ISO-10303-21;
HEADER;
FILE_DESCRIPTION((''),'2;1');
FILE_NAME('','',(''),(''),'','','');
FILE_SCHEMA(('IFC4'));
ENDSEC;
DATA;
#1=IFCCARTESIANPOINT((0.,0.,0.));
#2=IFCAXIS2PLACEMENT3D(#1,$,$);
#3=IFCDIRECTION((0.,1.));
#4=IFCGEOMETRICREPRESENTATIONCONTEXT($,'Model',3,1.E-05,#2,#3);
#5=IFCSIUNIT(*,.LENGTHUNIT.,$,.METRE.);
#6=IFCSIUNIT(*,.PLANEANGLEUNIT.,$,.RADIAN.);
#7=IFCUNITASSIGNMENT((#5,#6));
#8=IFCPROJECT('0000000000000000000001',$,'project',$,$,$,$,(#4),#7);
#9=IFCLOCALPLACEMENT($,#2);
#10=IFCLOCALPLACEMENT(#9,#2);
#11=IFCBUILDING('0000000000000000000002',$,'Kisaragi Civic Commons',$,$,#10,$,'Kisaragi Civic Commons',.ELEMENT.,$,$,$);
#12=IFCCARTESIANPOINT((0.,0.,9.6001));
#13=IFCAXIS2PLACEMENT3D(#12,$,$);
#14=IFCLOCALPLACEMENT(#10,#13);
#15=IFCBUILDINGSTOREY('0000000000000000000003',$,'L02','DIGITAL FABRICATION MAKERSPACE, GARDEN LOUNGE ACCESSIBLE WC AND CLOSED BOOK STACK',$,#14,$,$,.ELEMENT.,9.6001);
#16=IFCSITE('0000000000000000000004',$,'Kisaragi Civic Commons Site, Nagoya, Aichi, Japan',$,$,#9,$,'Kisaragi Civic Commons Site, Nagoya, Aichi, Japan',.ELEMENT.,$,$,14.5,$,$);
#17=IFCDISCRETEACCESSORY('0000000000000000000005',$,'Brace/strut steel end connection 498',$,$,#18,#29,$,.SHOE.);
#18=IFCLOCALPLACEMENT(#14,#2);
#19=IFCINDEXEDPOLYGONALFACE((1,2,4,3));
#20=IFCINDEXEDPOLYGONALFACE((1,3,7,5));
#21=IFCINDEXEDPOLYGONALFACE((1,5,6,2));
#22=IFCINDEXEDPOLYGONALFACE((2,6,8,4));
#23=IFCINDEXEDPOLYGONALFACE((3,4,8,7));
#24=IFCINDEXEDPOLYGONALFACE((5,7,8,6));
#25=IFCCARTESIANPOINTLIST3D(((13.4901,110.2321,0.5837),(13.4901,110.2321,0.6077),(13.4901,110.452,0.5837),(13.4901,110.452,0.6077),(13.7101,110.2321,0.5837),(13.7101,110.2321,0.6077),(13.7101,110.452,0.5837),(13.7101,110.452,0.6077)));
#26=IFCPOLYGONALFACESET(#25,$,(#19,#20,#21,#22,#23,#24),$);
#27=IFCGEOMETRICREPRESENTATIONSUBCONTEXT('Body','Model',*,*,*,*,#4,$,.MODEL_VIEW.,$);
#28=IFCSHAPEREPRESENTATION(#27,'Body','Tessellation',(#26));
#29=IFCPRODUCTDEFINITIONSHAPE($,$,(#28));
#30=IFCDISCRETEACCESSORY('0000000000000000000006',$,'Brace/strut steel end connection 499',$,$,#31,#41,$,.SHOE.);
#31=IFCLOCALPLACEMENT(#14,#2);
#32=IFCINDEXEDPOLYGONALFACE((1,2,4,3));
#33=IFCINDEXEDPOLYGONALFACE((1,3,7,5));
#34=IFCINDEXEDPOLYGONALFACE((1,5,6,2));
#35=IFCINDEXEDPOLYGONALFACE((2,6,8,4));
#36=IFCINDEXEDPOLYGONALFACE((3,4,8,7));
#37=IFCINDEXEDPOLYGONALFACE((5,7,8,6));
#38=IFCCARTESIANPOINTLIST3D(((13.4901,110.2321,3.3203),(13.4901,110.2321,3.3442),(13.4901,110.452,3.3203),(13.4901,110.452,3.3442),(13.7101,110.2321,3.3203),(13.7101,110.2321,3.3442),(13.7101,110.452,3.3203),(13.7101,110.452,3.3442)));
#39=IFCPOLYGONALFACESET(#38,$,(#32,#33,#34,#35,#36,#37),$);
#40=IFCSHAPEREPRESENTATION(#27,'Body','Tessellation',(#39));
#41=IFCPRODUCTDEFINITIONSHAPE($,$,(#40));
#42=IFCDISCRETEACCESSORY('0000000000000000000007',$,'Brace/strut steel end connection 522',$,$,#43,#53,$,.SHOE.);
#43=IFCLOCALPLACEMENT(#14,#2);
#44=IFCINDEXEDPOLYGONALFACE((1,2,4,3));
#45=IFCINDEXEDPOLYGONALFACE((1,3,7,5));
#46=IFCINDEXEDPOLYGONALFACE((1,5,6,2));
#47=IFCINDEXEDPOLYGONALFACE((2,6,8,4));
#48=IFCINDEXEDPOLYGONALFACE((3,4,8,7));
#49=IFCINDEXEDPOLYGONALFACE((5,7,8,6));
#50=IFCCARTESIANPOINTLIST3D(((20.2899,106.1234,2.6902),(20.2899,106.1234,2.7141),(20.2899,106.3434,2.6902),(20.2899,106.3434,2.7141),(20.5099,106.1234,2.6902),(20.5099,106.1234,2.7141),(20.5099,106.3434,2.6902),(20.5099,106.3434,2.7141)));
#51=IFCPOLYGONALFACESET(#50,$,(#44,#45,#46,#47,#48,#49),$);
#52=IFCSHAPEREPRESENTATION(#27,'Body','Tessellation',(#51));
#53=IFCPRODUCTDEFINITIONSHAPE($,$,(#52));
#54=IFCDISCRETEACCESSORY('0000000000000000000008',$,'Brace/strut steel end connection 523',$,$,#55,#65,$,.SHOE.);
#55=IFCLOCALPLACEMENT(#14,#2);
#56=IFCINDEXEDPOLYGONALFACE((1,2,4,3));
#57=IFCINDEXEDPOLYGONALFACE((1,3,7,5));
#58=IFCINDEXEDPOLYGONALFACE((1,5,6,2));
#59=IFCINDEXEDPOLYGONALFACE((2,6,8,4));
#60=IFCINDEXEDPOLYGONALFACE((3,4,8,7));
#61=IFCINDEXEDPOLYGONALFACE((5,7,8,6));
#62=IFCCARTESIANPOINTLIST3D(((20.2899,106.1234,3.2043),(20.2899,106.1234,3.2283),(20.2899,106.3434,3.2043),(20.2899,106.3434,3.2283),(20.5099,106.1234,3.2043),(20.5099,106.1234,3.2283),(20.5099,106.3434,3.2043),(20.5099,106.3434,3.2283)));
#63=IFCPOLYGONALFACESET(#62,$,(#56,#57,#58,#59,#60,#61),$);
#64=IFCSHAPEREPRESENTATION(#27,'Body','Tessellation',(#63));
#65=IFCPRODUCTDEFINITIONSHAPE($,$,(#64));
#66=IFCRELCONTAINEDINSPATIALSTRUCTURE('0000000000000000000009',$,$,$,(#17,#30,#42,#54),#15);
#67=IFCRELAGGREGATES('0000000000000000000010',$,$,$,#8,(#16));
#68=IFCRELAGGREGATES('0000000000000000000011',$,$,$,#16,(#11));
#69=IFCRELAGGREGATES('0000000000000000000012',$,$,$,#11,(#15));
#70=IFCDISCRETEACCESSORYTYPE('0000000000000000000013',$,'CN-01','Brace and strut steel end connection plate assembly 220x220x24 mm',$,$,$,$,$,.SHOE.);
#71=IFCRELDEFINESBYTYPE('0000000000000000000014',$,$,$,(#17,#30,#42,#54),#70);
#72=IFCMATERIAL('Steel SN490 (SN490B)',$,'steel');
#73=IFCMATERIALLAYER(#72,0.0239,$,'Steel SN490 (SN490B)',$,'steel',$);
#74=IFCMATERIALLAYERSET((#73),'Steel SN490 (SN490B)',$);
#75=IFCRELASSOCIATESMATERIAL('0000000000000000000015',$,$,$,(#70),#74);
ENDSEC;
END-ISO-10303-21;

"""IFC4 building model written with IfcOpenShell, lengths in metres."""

from ifc_helpers import new_model, si_unit, direction, frame, origin, origin_2d, place, context, subcontext, project, spatial, rectangle, extrude, material, layer, layer_set, type_object, element, save


model = new_model("IFC4")

# Units and contexts
model_context = context("Model", 3, precision=1e-05, world=origin(), true_north=direction((0.0, 1.0)))
body_context = subcontext(model_context, "Body", "Model", "MODEL_VIEW")
ifc_project = project(units=[si_unit("LENGTHUNIT", "METRE"), si_unit("PLANEANGLEUNIT", "RADIAN")], contexts=[model_context])

# Site, building, storey
site_placement = place(None, origin())
site = spatial("IfcSite", under=ifc_project, at=site_placement, Name="Kisaragi Civic Commons Site, Nagoya, Aichi, Japan", LongName="Kisaragi Civic Commons Site, Nagoya, Aichi, Japan", CompositionType="ELEMENT", RefElevation=14.5)
building_placement = place(site_placement, origin())
building = spatial("IfcBuilding", under=site, at=building_placement, Name="Kisaragi Civic Commons", LongName="Kisaragi Civic Commons", CompositionType="ELEMENT")
storey_placement = place(building_placement, frame((0.0, 0.0, 9.6001)))
storey = spatial("IfcBuildingStorey", under=building, at=storey_placement, Name="L02", Description="DIGITAL FABRICATION MAKERSPACE, GARDEN LOUNGE ACCESSIBLE WC AND CLOSED BOOK STACK", CompositionType="ELEMENT", Elevation=9.6001)

# Shared definitions
ifc_material_1 = material(Name="Steel SN490 (SN490B)", Category="steel")

# Discrete accessories
ifc_layer_1 = layer(ifc_material_1, 0.0239, Name="Steel SN490 (SN490B)", Category="steel")
ifc_layer_set_1 = layer_set([ifc_layer_1], Name="Steel SN490 (SN490B)")
discrete_accessory_type = type_object("IfcDiscreteAccessoryType", Name="CN-01", Description="Brace and strut steel end connection plate assembly 220x220x24 mm", PredefinedType="SHOE", material=ifc_layer_set_1)
for number, where, z_axis, x_axis, name in (
    (1, (13.6001, 110.342, 0.5837), (0.0, 0.0, 1.0), (1.0, 0.0, 0.0), "Brace/strut steel end connection 498"),
    (2, (13.6001, 110.342, 3.3203), (0.0, 0.0, 1.0), (1.0, 0.0, 0.0), "Brace/strut steel end connection 499"),
    (3, (20.3999, 106.2334, 2.6902), (0.0, 0.0, 1.0), (1.0, 0.0, 0.0), "Brace/strut steel end connection 522"),
    (4, (20.3999, 106.2334, 3.2043), (0.0, 0.0, 1.0), (1.0, 0.0, 0.0), "Brace/strut steel end connection 523"),
):
    element("IfcDiscreteAccessory", number, at=place(storey_placement, frame(where, z_axis=z_axis, x_axis=x_axis)), inside=storey, type_object=discrete_accessory_type, Name=name, PredefinedType="SHOE", context=body_context, shape_type="SweptSolid", body=[
        extrude(rectangle(XDim=0.22, YDim=0.22, at=origin_2d()), origin(), (0.0, 0.0, 1.0), 0.0239),
    ])

save(model, "model.ifc")
